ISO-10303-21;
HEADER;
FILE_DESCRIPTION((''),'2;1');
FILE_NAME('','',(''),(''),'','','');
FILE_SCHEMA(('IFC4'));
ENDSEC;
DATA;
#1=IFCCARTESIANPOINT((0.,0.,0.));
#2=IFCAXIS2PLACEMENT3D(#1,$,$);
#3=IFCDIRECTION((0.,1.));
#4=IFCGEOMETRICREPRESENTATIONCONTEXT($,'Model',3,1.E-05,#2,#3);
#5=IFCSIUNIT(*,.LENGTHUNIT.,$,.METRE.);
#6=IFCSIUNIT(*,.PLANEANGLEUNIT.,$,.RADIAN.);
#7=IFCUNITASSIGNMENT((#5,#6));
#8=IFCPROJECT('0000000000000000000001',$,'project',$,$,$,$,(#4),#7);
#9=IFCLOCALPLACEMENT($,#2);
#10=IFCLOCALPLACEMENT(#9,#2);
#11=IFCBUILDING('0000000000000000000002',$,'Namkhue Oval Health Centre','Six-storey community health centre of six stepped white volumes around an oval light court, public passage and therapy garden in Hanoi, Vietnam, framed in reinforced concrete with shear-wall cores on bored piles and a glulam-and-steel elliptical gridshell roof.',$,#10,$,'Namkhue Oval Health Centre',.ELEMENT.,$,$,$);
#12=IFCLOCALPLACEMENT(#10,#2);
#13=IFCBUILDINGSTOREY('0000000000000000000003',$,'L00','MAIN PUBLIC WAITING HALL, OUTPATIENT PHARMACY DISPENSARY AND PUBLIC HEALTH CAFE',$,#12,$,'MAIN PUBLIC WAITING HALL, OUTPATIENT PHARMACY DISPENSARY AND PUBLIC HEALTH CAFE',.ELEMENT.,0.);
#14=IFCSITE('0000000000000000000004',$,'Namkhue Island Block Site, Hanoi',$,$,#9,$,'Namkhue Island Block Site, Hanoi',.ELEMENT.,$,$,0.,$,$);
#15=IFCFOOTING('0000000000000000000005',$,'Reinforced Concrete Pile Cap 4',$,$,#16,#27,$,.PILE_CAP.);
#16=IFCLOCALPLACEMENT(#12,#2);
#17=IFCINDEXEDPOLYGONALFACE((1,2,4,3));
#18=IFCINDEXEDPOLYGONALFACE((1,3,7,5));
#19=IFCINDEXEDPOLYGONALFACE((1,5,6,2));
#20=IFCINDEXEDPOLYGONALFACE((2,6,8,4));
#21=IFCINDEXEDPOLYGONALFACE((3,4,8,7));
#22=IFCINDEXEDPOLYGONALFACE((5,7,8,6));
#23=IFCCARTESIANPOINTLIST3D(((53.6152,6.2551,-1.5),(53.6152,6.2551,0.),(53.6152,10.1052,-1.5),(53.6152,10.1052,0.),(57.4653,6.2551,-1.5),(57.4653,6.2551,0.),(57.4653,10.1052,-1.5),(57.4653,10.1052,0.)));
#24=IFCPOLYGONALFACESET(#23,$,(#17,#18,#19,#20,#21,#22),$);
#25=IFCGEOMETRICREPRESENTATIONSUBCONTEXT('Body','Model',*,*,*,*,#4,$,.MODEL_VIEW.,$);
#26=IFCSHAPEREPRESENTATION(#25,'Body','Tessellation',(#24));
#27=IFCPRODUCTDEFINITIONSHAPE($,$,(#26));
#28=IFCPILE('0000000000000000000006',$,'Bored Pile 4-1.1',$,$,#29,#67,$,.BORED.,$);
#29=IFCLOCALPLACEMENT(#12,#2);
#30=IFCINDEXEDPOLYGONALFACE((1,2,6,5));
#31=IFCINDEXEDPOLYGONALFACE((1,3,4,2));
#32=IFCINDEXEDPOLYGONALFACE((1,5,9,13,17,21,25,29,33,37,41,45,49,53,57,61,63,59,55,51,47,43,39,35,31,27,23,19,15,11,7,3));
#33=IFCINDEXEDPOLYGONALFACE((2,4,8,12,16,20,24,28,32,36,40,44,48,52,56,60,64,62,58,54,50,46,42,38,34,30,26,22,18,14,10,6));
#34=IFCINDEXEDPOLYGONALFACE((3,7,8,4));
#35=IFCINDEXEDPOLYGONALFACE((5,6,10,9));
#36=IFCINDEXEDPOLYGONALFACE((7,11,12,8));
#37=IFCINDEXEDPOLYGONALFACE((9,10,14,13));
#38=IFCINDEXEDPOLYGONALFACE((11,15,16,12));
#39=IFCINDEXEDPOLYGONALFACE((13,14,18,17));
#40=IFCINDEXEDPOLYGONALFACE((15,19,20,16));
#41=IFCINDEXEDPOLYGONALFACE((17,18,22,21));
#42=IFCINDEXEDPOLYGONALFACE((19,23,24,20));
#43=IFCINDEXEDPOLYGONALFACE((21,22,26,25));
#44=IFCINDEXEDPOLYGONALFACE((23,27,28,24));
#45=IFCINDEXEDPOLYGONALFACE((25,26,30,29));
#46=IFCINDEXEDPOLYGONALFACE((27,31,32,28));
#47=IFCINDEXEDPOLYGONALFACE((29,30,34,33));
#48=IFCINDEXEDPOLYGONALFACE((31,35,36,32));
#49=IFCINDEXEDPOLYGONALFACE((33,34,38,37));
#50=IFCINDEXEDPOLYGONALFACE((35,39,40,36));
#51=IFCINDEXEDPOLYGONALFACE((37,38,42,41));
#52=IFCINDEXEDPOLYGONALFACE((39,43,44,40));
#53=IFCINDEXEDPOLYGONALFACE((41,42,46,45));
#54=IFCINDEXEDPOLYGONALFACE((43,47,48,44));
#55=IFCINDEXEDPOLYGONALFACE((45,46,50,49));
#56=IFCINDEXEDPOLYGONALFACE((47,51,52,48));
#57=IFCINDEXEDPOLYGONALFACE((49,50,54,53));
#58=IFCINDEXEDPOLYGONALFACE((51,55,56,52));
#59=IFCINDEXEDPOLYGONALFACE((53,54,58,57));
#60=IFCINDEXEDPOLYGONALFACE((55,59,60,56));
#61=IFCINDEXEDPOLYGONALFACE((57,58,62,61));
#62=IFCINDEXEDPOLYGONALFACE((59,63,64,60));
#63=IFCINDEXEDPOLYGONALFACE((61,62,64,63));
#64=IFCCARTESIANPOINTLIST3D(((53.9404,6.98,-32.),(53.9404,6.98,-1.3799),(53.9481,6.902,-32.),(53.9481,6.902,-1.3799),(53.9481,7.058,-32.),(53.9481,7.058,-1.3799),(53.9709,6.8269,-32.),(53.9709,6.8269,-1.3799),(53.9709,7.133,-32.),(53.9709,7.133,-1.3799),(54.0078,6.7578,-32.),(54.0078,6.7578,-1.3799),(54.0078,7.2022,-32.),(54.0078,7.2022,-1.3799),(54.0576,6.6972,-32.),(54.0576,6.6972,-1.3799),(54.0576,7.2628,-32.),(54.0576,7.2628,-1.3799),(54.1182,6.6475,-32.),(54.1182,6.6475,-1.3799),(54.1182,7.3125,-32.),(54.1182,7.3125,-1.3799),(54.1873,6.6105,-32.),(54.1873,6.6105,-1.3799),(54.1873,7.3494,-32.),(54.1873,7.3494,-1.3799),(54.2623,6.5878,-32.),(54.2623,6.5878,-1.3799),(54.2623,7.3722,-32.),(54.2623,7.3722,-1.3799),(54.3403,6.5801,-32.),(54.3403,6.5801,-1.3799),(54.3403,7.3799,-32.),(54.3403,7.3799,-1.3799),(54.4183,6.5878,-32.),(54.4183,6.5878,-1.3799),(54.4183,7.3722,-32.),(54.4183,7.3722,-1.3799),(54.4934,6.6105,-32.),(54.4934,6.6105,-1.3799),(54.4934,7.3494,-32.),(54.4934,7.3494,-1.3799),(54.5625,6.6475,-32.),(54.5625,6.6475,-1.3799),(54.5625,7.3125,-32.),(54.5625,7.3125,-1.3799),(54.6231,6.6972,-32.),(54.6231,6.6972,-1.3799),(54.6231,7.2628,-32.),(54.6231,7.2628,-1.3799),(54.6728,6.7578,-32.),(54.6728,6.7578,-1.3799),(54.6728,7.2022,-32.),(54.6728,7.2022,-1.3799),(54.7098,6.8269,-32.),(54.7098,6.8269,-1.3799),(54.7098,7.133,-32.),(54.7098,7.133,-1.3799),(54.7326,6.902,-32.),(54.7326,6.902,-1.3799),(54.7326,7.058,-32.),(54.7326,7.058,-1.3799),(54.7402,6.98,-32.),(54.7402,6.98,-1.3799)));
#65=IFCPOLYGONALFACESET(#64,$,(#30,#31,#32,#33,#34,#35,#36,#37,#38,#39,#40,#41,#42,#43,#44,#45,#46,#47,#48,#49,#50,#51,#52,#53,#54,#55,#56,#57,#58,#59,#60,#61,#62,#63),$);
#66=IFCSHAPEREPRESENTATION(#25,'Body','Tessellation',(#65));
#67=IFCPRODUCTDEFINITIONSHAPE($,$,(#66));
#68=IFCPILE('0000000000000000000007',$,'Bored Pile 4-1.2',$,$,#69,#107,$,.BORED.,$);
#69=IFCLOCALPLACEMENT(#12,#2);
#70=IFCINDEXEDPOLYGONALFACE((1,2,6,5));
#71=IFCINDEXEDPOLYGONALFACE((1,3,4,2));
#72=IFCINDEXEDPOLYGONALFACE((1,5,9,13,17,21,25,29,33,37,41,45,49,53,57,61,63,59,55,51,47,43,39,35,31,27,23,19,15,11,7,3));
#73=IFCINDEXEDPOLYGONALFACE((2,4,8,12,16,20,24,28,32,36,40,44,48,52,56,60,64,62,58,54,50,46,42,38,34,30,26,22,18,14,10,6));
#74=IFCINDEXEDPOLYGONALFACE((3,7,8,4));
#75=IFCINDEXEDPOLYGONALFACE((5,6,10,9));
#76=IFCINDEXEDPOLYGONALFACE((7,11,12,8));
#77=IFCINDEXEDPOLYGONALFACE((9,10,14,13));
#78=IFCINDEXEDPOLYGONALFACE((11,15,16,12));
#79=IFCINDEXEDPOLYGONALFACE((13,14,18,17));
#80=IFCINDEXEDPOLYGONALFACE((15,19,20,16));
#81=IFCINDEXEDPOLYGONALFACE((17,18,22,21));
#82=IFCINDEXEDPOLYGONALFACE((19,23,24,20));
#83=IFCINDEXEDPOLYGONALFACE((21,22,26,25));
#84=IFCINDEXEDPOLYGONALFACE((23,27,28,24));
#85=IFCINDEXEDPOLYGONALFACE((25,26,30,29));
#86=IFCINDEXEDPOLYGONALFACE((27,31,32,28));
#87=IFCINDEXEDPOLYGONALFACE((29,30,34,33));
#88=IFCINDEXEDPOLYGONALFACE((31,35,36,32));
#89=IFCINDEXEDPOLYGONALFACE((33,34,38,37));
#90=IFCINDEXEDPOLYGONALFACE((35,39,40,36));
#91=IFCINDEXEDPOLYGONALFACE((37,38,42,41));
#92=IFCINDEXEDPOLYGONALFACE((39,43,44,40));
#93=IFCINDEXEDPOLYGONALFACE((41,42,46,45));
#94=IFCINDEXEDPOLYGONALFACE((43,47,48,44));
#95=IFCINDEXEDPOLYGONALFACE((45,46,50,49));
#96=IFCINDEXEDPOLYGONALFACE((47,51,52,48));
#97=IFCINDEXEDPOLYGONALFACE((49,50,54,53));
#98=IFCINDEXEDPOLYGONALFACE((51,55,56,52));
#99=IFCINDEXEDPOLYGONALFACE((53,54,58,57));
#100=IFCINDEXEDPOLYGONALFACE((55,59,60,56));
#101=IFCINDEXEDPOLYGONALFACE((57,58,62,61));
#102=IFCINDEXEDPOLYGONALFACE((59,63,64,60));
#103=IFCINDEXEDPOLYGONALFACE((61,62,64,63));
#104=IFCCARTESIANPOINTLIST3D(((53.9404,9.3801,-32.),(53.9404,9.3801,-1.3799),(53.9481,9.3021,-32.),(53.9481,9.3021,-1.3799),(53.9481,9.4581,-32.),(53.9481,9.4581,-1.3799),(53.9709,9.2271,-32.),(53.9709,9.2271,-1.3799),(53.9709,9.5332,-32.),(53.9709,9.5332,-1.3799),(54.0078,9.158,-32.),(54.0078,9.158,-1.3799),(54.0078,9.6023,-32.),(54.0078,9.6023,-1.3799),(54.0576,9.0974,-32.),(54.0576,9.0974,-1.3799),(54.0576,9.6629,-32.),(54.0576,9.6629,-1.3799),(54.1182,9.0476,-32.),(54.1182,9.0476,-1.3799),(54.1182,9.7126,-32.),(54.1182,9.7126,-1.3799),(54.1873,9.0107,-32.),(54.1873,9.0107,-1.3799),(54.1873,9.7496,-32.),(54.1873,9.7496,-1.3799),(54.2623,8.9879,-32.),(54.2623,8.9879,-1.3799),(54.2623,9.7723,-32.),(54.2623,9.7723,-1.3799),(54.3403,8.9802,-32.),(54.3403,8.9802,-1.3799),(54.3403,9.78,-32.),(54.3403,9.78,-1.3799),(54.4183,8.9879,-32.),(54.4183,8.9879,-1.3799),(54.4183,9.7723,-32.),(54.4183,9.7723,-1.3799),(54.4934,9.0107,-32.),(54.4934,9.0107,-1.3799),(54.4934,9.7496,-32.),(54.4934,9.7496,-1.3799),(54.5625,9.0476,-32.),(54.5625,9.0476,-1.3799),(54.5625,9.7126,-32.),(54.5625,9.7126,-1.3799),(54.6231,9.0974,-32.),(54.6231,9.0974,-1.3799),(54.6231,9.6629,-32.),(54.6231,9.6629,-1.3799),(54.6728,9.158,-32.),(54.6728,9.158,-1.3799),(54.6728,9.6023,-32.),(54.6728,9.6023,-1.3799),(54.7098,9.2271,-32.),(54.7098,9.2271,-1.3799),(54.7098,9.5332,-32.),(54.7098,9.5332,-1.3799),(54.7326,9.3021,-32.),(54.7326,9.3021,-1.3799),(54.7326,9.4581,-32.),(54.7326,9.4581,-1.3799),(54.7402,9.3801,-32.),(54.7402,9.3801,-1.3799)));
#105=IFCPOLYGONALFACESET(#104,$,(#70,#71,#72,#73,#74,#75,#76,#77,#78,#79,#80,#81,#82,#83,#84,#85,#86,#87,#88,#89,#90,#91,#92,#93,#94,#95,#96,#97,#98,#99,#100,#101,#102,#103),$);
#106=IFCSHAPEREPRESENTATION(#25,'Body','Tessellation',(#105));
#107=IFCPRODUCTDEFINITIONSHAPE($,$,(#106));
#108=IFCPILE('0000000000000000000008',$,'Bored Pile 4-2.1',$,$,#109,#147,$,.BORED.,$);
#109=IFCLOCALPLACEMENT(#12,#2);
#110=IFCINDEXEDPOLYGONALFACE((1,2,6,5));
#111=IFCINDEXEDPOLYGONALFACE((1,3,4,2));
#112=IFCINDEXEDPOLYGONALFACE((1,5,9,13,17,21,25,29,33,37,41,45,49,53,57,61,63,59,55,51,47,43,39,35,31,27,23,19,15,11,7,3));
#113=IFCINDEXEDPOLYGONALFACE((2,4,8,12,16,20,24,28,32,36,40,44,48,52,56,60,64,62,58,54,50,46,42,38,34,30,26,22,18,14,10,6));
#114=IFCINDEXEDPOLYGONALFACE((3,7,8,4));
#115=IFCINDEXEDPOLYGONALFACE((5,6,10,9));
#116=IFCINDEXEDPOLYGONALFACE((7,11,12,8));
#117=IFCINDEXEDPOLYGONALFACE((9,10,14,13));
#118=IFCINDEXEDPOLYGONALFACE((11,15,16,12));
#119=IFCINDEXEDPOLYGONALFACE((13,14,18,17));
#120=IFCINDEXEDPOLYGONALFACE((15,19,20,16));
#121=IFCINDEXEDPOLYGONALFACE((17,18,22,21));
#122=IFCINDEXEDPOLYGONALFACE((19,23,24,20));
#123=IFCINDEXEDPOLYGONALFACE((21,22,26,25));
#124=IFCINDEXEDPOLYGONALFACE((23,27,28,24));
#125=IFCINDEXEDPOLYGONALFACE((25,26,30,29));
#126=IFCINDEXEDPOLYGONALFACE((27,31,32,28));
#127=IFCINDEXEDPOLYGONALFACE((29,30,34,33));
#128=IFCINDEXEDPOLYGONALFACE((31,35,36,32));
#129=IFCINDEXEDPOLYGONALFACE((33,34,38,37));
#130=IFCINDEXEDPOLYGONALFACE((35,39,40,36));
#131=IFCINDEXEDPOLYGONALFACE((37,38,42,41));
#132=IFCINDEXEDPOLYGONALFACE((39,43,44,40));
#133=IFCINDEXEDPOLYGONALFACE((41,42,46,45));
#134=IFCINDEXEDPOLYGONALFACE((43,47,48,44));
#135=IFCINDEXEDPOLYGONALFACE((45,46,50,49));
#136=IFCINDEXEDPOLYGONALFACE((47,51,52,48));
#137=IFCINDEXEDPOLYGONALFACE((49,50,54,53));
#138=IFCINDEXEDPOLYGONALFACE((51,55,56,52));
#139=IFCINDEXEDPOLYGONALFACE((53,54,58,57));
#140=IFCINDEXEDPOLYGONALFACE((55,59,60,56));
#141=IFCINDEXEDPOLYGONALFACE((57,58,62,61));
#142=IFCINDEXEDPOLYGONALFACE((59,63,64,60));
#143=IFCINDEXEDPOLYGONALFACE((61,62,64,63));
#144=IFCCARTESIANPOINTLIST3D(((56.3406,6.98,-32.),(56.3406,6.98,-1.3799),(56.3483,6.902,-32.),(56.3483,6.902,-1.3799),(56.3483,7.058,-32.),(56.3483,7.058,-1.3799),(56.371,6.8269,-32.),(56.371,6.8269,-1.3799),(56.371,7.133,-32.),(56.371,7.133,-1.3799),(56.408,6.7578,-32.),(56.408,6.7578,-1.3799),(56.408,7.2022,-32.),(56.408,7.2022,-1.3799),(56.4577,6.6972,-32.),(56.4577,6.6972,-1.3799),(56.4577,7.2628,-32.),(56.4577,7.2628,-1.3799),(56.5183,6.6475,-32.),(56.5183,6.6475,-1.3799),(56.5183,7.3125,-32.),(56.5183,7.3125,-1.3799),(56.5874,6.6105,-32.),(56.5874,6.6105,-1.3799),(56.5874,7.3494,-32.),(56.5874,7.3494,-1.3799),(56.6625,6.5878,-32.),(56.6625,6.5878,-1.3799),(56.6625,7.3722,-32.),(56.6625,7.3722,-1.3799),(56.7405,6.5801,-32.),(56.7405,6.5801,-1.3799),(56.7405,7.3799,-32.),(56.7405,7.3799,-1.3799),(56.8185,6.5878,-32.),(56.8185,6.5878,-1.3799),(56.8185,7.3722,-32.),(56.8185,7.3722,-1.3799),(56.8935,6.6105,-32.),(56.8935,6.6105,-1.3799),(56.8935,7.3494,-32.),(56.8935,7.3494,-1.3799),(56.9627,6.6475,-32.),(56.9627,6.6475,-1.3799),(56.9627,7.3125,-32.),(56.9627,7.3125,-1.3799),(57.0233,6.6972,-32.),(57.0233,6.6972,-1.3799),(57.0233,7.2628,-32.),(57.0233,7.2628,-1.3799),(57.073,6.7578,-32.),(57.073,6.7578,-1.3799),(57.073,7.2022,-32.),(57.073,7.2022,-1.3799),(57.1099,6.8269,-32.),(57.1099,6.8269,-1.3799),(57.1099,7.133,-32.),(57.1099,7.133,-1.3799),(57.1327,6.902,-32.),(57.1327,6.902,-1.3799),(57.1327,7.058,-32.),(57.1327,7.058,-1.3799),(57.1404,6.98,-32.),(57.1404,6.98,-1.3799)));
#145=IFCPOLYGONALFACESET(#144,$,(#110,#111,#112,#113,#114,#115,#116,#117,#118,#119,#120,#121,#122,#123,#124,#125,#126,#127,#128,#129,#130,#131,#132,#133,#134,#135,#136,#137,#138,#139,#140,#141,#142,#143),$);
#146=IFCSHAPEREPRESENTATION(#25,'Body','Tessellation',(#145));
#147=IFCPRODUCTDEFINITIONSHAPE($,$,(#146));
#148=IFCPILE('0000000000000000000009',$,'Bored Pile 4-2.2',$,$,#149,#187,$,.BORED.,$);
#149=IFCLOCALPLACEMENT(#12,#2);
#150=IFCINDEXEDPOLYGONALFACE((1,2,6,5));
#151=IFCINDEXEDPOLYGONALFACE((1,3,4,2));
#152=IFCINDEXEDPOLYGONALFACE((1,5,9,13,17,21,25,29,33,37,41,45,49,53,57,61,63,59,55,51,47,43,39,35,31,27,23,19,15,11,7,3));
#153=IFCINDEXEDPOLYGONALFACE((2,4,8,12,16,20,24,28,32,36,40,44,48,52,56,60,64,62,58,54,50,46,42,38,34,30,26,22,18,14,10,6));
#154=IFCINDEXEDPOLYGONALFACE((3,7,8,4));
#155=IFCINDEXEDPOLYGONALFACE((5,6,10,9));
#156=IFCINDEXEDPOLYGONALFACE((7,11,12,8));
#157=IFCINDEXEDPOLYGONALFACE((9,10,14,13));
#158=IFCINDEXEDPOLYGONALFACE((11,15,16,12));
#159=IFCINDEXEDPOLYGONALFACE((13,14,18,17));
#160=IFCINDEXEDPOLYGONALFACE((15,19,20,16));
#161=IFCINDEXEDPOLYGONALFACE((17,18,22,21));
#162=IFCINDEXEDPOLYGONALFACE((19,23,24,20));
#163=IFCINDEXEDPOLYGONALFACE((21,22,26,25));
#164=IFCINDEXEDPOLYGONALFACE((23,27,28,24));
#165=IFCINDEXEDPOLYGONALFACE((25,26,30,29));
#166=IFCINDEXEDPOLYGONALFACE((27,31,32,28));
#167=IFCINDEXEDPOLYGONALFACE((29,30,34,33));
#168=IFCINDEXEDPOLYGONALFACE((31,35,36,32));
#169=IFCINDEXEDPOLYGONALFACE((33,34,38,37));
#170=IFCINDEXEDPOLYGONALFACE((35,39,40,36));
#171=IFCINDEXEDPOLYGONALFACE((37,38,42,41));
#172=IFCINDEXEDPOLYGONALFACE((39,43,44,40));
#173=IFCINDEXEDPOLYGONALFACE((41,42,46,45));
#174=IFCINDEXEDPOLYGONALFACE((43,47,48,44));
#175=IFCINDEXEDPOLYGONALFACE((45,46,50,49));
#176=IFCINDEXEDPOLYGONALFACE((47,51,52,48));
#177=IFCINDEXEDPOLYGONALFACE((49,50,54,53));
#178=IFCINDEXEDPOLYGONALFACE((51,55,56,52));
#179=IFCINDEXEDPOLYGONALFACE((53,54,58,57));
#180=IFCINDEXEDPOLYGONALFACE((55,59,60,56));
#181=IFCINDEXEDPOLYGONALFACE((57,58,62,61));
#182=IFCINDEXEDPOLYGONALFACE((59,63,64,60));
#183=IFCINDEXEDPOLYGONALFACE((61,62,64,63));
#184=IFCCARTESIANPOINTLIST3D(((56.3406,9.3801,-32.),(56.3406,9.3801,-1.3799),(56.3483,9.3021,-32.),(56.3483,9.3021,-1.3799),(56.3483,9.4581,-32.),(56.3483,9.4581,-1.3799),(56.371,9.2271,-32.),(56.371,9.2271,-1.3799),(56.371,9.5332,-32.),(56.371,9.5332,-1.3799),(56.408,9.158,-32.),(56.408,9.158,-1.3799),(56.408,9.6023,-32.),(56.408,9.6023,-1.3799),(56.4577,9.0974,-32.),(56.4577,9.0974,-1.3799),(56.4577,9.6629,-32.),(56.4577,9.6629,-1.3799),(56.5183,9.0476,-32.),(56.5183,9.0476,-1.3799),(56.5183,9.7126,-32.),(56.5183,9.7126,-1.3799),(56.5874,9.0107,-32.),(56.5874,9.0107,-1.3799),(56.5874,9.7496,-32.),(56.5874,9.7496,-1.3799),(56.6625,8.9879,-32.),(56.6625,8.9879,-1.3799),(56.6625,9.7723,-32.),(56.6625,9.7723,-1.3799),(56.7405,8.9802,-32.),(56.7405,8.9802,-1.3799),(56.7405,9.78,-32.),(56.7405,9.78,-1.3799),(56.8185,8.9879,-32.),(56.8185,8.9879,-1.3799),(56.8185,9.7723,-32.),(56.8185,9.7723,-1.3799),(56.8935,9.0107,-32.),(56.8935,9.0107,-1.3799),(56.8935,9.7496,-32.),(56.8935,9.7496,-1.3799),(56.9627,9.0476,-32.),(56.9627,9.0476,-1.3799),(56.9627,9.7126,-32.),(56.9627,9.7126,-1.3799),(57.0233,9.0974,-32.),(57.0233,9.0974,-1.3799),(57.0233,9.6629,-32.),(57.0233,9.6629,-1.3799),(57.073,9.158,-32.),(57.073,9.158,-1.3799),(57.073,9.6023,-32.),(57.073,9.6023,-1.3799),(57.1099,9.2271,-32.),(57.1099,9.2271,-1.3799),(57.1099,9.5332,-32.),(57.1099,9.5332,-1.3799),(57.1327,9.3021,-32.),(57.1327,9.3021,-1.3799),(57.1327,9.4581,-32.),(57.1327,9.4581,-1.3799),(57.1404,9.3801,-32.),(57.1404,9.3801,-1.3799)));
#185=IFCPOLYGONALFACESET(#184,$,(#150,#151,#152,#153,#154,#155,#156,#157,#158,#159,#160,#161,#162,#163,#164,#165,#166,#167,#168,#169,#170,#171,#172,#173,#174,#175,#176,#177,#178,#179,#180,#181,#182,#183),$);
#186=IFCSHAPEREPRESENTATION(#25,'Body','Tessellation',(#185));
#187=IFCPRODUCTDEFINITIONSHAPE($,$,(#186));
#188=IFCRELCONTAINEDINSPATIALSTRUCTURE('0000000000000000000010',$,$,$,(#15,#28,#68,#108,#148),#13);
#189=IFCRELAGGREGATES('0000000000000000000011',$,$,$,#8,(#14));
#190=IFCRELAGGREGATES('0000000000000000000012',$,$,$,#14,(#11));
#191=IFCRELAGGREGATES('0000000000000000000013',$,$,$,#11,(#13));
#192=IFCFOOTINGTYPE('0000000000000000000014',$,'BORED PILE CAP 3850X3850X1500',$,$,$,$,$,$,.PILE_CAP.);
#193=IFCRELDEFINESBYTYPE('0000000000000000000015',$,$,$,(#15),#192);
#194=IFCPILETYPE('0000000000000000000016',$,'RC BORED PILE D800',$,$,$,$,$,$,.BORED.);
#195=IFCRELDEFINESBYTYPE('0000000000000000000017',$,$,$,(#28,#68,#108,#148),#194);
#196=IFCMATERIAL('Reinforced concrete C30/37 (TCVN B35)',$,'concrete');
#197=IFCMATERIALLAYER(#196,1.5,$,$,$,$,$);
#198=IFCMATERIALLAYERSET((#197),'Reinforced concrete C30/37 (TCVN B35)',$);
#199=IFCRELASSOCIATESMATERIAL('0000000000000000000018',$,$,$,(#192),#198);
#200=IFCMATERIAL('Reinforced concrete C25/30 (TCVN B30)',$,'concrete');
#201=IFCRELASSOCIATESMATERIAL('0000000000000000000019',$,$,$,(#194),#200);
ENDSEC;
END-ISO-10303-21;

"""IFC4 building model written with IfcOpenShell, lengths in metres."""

from ifc_helpers import new_model, si_unit, direction, frame, origin, origin_2d, place, context, subcontext, project, spatial, rectangle, circle, extrude, material, layer, layer_set, material_profile, profile_set, type_object, element, save


model = new_model("IFC4")

# Units and contexts
model_context = context("Model", 3, precision=1e-05, world=origin(), true_north=direction((0.0, 1.0)))
body_context = subcontext(model_context, "Body", "Model", "MODEL_VIEW")
ifc_project = project(units=[si_unit("LENGTHUNIT", "METRE"), si_unit("PLANEANGLEUNIT", "RADIAN")], contexts=[model_context])

# Site, building, storey
site_placement = place(None, origin())
site = spatial("IfcSite", under=ifc_project, at=site_placement, Name="Namkhue Island Block Site, Hanoi", LongName="Namkhue Island Block Site, Hanoi", CompositionType="ELEMENT", RefElevation=0.0)
building_placement = place(site_placement, origin())
building = spatial("IfcBuilding", under=site, at=building_placement, Name="Namkhue Oval Health Centre", Description="Six-storey community health centre of six stepped white volumes around an oval light court, public passage and therapy garden in Hanoi, Vietnam, framed in reinforced concrete with shear-wall cores on bored piles and a glulam-and-steel elliptical gridshell roof.", LongName="Namkhue Oval Health Centre", CompositionType="ELEMENT")
storey_placement = place(building_placement, origin())
storey = spatial("IfcBuildingStorey", under=building, at=storey_placement, Name="L00", Description="MAIN PUBLIC WAITING HALL, OUTPATIENT PHARMACY DISPENSARY AND PUBLIC HEALTH CAFE", LongName="MAIN PUBLIC WAITING HALL, OUTPATIENT PHARMACY DISPENSARY AND PUBLIC HEALTH CAFE", CompositionType="ELEMENT", Elevation=0.0)

# Footing
ifc_material_1 = material(Name="Reinforced concrete C30/37 (TCVN B35)", Category="concrete")
ifc_layer_1 = layer(ifc_material_1, 1.5)
ifc_layer_set_1 = layer_set([ifc_layer_1], Name="Reinforced concrete C30/37 (TCVN B35)")
footing_type = type_object("IfcFootingType", Name="BORED PILE CAP 3850X3850X1500", PredefinedType="PILE_CAP", material=ifc_layer_set_1)
footing_placement = place(storey_placement, frame((55.5403, 8.1802, -1.5), z_axis=(0.0, 0.0, 1.0), x_axis=(1.0, 0.0, 0.0)))
element("IfcFooting", 1, at=footing_placement, inside=storey, type_object=footing_type, Name="Reinforced Concrete Pile Cap 4", PredefinedType="PILE_CAP", context=body_context, shape_type="SweptSolid", body=[
    extrude(rectangle(XDim=3.8501, YDim=3.8501, at=origin_2d()), origin(), (0.0, 0.0, 1.0), 1.5),
])

# Piles
ifc_material_2 = material(Name="Reinforced concrete C25/30 (TCVN B30)", Category="concrete")
ifc_material_profile_1 = material_profile(ifc_material_2, circle(Radius=0.3999, at=origin_2d()), Name="BORED PILE D800")
ifc_profile_set_1 = profile_set([ifc_material_profile_1], Name="Reinforced concrete C25/30 (TCVN B30)")
pile_type = type_object("IfcPileType", Name="RC BORED PILE D800", PredefinedType="BORED", material=ifc_profile_set_1)
for number, where, z_axis, x_axis, name in (
    (2, (54.3403, 6.98, -1.3799), (0.0, 0.0, -1.0), (1.0, 0.0, 0.0), "Bored Pile 4-1.1"),
    (3, (54.3403, 9.3801, -1.3799), (0.0, 0.0, -1.0), (1.0, 0.0, 0.0), "Bored Pile 4-1.2"),
    (4, (56.7405, 6.98, -1.3799), (0.0, 0.0, -1.0), (1.0, 0.0, 0.0), "Bored Pile 4-2.1"),
    (5, (56.7405, 9.3801, -1.3799), (0.0, 0.0, -1.0), (1.0, 0.0, 0.0), "Bored Pile 4-2.2"),
):
    element("IfcPile", number, at=place(storey_placement, frame(where, z_axis=z_axis, x_axis=x_axis)), inside=storey, type_object=pile_type, Name=name, PredefinedType="BORED", context=body_context, shape_type="SweptSolid", body=[
        extrude(circle(Radius=0.3999, at=origin_2d()), origin(), (0.0, 0.0, 1.0), 30.6201),
    ])

save(model, "model.ifc")
